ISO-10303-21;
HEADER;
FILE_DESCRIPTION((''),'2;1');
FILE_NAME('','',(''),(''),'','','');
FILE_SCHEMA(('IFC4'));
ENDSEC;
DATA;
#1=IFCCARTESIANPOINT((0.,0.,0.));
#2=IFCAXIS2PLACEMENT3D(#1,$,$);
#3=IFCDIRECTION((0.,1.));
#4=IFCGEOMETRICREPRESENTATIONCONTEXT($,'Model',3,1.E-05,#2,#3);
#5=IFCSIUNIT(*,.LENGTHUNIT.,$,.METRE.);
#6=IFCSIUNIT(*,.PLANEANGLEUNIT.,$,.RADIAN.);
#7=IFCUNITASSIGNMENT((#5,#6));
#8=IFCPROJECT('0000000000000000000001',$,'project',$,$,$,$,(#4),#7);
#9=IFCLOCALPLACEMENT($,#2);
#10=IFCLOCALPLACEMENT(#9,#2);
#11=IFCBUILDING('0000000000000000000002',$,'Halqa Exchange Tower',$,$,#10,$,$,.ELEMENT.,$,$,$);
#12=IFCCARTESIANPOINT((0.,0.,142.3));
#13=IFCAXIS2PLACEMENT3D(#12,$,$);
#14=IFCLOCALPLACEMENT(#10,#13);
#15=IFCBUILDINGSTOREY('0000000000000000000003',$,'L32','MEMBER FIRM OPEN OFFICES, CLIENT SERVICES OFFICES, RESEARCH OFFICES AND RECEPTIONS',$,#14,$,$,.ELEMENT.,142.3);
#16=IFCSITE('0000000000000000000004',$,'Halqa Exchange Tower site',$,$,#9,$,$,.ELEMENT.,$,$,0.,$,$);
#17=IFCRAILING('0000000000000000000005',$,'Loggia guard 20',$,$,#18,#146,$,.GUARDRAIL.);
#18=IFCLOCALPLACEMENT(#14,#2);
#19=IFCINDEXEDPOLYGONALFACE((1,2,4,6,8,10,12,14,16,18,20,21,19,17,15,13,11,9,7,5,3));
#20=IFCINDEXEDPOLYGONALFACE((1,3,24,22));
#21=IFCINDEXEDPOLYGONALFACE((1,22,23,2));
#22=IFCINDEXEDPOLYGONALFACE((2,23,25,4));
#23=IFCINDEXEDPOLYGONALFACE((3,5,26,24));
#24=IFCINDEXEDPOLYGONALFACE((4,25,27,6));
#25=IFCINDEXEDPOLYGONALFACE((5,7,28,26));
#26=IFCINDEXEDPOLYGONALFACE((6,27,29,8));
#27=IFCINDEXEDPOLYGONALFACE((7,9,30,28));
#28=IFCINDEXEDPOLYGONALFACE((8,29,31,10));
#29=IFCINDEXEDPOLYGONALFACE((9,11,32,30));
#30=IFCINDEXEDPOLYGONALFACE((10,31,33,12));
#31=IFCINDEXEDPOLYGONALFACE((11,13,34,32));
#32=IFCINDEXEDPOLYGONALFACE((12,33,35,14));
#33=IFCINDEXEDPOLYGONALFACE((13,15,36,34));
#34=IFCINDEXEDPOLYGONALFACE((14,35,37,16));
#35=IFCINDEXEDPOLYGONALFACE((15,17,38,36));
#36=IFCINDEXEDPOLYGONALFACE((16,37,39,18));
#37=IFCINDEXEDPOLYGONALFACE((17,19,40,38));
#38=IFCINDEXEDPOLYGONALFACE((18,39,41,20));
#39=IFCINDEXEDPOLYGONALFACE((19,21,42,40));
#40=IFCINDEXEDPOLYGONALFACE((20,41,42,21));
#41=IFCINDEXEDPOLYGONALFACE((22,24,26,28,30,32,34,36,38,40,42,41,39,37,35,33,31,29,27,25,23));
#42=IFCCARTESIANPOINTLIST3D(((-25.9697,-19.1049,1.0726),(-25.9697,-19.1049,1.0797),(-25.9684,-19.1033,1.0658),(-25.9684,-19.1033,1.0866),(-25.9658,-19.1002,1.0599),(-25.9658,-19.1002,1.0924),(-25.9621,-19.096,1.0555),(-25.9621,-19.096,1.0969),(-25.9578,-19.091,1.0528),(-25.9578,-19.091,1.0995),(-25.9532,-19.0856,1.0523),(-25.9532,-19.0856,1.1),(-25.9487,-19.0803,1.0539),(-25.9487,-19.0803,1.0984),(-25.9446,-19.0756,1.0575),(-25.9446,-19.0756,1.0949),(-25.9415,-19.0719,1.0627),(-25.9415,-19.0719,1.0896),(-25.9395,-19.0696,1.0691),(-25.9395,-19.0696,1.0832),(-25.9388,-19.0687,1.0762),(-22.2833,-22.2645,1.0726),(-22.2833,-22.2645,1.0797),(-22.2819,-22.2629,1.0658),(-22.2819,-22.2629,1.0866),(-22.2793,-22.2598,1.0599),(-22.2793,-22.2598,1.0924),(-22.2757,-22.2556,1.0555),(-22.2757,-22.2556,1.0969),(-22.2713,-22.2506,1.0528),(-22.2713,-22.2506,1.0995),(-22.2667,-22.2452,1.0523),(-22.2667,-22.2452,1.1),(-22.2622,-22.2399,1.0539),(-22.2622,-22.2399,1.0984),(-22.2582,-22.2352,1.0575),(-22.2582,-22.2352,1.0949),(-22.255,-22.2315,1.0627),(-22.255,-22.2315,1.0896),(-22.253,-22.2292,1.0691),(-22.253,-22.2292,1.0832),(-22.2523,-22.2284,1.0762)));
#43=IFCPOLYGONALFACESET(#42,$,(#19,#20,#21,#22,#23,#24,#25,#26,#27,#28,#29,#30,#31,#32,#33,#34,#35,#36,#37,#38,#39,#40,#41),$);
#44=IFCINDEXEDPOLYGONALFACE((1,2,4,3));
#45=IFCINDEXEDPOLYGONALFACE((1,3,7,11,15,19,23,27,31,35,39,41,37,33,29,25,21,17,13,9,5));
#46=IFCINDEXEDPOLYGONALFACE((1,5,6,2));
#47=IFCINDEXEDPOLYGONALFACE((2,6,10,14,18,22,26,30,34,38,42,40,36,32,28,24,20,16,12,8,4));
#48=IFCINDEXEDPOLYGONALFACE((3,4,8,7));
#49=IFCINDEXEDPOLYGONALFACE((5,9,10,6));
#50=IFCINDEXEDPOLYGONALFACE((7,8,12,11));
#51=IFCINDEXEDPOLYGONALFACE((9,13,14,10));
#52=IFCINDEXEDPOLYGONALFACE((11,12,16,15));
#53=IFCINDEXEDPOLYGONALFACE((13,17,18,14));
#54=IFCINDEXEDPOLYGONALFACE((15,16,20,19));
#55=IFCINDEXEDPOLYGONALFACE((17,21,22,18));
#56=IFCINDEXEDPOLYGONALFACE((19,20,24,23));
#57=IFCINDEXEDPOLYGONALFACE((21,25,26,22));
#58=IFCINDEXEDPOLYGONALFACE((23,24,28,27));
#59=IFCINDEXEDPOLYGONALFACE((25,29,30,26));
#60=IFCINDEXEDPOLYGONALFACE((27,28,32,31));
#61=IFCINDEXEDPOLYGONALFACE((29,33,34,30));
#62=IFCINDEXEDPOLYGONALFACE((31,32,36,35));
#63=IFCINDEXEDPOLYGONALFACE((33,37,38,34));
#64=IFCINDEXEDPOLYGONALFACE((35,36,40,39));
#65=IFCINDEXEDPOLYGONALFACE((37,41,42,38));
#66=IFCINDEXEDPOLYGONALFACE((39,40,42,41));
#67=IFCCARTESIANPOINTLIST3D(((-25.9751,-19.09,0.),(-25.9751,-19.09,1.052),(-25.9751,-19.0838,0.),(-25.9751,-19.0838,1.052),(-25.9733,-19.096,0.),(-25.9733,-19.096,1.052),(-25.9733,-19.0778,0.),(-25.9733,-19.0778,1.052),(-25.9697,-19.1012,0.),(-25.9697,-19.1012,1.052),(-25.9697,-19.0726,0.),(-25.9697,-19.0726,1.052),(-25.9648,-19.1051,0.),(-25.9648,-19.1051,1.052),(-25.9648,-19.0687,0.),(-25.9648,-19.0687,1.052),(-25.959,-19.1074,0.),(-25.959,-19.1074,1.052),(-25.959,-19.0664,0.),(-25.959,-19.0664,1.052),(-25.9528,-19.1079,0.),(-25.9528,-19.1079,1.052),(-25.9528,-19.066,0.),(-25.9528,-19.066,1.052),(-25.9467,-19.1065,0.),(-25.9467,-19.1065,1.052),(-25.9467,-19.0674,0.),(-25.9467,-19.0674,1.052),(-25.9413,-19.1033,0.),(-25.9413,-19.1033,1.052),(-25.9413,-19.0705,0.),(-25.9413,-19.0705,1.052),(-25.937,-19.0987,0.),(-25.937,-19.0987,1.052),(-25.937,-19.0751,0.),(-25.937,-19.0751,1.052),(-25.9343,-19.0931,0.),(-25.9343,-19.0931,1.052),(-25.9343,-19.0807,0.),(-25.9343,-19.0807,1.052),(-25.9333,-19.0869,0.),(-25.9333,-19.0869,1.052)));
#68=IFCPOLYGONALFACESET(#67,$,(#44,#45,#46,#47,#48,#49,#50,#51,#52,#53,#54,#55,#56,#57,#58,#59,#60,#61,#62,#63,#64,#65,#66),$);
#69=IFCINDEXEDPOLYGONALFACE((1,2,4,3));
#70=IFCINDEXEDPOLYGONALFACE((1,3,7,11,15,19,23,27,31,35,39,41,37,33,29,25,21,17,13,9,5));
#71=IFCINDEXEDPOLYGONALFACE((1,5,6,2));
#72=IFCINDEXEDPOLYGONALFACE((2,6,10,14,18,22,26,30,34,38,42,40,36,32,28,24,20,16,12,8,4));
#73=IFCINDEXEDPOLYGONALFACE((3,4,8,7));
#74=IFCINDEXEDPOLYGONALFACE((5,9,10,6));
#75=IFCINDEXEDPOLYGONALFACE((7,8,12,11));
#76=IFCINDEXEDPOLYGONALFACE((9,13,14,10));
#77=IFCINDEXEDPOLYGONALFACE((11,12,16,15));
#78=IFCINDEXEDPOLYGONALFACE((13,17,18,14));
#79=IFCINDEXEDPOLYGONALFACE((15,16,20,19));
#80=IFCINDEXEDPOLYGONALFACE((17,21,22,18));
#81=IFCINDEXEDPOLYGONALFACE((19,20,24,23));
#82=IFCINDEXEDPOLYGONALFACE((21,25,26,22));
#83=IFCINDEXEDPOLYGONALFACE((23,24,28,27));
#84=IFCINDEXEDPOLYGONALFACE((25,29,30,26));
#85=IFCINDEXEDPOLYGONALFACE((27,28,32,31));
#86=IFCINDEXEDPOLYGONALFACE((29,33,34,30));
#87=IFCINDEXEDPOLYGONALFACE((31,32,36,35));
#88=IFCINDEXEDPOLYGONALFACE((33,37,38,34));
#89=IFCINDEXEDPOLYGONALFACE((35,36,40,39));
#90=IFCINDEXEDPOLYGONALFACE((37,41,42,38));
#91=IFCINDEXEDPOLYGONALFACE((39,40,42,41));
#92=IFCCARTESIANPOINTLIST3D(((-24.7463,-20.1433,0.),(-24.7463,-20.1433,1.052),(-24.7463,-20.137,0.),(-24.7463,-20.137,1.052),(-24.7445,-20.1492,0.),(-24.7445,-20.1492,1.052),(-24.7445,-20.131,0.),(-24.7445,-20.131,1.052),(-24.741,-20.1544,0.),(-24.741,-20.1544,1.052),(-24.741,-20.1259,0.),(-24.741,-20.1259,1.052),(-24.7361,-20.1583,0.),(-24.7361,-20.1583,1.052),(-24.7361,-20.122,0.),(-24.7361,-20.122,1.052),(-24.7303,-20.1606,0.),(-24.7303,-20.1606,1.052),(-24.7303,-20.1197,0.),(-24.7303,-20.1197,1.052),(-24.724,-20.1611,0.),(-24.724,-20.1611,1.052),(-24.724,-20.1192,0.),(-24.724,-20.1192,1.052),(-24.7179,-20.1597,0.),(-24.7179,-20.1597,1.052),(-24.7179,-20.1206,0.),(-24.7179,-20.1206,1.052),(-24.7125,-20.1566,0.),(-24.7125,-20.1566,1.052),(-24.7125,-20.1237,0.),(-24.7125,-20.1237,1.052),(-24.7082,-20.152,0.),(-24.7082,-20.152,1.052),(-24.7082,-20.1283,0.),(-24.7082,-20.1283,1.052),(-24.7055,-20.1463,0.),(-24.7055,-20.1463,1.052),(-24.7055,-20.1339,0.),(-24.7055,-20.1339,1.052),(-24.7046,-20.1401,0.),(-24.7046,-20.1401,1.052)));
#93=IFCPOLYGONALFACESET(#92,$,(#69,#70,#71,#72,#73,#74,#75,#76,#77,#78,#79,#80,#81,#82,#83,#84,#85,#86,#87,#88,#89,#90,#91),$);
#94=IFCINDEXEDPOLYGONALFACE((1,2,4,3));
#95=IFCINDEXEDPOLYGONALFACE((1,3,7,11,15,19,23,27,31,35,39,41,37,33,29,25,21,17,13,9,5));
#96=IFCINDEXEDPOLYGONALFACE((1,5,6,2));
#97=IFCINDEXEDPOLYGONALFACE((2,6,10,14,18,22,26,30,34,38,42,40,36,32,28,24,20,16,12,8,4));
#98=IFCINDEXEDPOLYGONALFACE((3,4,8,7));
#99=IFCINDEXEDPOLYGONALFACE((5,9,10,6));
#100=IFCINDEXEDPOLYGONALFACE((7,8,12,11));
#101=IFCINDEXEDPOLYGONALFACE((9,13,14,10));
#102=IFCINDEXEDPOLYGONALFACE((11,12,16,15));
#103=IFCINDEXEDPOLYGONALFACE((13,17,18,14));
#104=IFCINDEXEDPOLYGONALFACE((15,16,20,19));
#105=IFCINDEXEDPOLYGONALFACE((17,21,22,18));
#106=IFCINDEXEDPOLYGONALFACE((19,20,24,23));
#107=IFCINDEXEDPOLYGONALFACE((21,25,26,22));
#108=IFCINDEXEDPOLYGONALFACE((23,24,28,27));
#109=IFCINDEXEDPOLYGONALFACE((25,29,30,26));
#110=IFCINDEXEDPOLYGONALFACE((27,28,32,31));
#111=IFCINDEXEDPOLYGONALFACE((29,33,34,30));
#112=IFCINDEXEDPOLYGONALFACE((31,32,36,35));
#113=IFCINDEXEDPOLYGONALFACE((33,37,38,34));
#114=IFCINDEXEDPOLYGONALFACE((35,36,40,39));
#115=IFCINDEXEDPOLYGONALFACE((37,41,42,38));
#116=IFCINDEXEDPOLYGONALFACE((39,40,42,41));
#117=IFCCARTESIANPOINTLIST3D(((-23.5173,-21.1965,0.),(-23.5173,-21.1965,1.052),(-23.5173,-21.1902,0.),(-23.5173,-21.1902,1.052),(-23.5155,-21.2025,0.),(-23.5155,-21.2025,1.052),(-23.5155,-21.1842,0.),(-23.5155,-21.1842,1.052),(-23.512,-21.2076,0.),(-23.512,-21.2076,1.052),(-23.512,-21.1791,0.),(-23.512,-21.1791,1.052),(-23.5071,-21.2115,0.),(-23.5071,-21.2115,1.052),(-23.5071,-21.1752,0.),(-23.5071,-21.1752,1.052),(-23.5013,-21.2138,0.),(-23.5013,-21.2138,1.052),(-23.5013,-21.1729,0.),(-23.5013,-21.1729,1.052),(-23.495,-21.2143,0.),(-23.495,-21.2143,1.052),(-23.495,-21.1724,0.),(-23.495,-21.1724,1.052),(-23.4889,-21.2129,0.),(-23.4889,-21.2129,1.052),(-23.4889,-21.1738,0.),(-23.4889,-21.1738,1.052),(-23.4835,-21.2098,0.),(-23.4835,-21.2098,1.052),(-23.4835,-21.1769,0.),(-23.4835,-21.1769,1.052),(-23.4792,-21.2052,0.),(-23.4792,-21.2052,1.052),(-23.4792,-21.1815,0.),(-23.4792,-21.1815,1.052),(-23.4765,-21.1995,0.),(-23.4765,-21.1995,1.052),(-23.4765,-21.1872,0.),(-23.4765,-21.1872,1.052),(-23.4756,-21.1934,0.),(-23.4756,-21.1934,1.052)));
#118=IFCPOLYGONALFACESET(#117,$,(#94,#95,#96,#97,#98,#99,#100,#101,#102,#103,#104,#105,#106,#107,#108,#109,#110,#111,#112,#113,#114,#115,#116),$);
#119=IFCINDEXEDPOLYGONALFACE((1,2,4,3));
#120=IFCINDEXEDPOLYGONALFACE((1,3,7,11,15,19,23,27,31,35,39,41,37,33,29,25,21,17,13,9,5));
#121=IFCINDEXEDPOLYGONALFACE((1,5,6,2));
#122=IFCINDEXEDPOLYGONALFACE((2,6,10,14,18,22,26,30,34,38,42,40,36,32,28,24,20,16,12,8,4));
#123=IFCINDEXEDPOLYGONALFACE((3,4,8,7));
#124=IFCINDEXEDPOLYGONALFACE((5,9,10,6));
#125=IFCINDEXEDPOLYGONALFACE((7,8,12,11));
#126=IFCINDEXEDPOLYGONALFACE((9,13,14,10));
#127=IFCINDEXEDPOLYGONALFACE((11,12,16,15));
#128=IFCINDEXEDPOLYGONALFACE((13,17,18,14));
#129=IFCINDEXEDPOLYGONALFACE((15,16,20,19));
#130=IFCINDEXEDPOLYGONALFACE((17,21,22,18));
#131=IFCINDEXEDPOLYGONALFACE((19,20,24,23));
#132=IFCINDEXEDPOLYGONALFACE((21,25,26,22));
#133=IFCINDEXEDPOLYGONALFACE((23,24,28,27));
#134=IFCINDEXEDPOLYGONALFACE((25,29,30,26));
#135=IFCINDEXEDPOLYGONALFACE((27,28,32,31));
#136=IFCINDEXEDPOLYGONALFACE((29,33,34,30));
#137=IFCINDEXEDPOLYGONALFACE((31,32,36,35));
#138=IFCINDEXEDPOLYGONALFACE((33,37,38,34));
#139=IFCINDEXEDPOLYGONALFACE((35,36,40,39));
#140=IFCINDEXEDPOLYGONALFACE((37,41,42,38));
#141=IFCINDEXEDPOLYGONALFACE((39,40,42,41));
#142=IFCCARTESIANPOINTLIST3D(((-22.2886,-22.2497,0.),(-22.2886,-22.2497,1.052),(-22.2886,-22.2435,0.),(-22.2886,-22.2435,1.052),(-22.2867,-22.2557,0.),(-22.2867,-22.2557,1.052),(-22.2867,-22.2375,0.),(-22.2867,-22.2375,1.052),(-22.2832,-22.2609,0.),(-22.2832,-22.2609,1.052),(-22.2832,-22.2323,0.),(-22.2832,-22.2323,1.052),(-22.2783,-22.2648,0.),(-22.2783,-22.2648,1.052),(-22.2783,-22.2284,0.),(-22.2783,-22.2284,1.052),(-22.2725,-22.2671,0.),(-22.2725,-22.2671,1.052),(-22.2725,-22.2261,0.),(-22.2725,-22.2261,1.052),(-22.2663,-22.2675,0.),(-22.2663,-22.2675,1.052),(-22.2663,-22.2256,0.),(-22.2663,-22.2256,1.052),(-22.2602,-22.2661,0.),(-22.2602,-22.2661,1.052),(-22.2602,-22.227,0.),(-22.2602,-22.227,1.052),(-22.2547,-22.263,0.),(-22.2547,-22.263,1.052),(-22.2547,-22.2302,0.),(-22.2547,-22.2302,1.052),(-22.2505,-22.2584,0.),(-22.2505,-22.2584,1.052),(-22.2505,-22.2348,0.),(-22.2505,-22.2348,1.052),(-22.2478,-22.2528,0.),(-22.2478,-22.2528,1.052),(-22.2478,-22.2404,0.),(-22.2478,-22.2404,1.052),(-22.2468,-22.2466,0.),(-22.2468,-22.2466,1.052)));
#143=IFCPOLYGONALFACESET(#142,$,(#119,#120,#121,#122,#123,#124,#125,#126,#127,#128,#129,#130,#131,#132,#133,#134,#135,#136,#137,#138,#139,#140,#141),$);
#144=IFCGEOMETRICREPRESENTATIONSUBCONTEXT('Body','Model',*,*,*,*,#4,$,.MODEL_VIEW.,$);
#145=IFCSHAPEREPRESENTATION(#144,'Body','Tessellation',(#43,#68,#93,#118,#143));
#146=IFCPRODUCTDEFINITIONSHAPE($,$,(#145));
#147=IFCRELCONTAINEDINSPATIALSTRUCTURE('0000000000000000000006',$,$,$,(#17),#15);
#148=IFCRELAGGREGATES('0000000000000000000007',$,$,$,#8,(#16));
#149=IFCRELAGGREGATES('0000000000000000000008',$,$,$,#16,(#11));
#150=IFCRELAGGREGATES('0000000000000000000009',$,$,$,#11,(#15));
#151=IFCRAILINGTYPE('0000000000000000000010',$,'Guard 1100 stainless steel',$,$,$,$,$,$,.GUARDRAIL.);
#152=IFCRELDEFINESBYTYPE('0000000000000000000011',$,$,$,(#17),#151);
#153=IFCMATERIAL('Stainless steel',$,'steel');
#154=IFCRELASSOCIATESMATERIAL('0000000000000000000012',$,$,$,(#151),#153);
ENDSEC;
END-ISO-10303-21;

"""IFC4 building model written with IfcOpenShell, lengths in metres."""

from ifc_helpers import new_model, si_unit, direction, frame, origin, origin_2d, place, context, subcontext, project, spatial, circle, extrude, material, type_object, element, save


model = new_model("IFC4")

# Units and contexts
model_context = context("Model", 3, precision=1e-05, world=origin(), true_north=direction((0.0, 1.0)))
body_context = subcontext(model_context, "Body", "Model", "MODEL_VIEW")
ifc_project = project(units=[si_unit("LENGTHUNIT", "METRE"), si_unit("PLANEANGLEUNIT", "RADIAN")], contexts=[model_context])

# Site, building, storey
site_placement = place(None, origin())
site = spatial("IfcSite", under=ifc_project, at=site_placement, Name="Halqa Exchange Tower site", CompositionType="ELEMENT", RefElevation=0.0)
building_placement = place(site_placement, origin())
building = spatial("IfcBuilding", under=site, at=building_placement, Name="Halqa Exchange Tower", CompositionType="ELEMENT")
storey_placement = place(building_placement, frame((0.0, 0.0, 142.3)))
storey = spatial("IfcBuildingStorey", under=building, at=storey_placement, Name="L32", Description="MEMBER FIRM OPEN OFFICES, CLIENT SERVICES OFFICES, RESEARCH OFFICES AND RECEPTIONS", CompositionType="ELEMENT", Elevation=142.3)

# Railing
ifc_material_1 = material(Name="Stainless steel", Category="steel")
railing_type = type_object("IfcRailingType", Name="Guard 1100 stainless steel", PredefinedType="GUARDRAIL", material=ifc_material_1)
railing_1_placement = place(storey_placement, frame((-25.9543, -19.0869, 0.0)))
element("IfcRailing", 1, at=railing_1_placement, inside=storey, type_object=railing_type, Name="Loggia guard 20", PredefinedType="GUARDRAIL", context=body_context, shape_type="SweptSolid", body=[
    extrude(circle(Radius=0.0239, at=origin_2d()), frame((0.0, 0.0, 1.0762), z_axis=(0.759278, -0.650767, 0.0), x_axis=(0.650767, 0.759278, 0.0)), (0.0, 0.0, 1.0), 4.8552),
    extrude(circle(Radius=0.021, at=origin_2d()), origin(), (0.0, 0.0, 1.0), 1.052),
    extrude(circle(Radius=0.021, at=origin_2d()), frame((1.2288, -1.0532, 0.0)), (0.0, 0.0, 1.0), 1.052),
    extrude(circle(Radius=0.021, at=origin_2d()), frame((2.4578, -2.1064, 0.0)), (0.0, 0.0, 1.0), 1.052),
    extrude(circle(Radius=0.021, at=origin_2d()), frame((3.6865, -3.1597, 0.0)), (0.0, 0.0, 1.0), 1.052),
])

save(model, "model.ifc")
